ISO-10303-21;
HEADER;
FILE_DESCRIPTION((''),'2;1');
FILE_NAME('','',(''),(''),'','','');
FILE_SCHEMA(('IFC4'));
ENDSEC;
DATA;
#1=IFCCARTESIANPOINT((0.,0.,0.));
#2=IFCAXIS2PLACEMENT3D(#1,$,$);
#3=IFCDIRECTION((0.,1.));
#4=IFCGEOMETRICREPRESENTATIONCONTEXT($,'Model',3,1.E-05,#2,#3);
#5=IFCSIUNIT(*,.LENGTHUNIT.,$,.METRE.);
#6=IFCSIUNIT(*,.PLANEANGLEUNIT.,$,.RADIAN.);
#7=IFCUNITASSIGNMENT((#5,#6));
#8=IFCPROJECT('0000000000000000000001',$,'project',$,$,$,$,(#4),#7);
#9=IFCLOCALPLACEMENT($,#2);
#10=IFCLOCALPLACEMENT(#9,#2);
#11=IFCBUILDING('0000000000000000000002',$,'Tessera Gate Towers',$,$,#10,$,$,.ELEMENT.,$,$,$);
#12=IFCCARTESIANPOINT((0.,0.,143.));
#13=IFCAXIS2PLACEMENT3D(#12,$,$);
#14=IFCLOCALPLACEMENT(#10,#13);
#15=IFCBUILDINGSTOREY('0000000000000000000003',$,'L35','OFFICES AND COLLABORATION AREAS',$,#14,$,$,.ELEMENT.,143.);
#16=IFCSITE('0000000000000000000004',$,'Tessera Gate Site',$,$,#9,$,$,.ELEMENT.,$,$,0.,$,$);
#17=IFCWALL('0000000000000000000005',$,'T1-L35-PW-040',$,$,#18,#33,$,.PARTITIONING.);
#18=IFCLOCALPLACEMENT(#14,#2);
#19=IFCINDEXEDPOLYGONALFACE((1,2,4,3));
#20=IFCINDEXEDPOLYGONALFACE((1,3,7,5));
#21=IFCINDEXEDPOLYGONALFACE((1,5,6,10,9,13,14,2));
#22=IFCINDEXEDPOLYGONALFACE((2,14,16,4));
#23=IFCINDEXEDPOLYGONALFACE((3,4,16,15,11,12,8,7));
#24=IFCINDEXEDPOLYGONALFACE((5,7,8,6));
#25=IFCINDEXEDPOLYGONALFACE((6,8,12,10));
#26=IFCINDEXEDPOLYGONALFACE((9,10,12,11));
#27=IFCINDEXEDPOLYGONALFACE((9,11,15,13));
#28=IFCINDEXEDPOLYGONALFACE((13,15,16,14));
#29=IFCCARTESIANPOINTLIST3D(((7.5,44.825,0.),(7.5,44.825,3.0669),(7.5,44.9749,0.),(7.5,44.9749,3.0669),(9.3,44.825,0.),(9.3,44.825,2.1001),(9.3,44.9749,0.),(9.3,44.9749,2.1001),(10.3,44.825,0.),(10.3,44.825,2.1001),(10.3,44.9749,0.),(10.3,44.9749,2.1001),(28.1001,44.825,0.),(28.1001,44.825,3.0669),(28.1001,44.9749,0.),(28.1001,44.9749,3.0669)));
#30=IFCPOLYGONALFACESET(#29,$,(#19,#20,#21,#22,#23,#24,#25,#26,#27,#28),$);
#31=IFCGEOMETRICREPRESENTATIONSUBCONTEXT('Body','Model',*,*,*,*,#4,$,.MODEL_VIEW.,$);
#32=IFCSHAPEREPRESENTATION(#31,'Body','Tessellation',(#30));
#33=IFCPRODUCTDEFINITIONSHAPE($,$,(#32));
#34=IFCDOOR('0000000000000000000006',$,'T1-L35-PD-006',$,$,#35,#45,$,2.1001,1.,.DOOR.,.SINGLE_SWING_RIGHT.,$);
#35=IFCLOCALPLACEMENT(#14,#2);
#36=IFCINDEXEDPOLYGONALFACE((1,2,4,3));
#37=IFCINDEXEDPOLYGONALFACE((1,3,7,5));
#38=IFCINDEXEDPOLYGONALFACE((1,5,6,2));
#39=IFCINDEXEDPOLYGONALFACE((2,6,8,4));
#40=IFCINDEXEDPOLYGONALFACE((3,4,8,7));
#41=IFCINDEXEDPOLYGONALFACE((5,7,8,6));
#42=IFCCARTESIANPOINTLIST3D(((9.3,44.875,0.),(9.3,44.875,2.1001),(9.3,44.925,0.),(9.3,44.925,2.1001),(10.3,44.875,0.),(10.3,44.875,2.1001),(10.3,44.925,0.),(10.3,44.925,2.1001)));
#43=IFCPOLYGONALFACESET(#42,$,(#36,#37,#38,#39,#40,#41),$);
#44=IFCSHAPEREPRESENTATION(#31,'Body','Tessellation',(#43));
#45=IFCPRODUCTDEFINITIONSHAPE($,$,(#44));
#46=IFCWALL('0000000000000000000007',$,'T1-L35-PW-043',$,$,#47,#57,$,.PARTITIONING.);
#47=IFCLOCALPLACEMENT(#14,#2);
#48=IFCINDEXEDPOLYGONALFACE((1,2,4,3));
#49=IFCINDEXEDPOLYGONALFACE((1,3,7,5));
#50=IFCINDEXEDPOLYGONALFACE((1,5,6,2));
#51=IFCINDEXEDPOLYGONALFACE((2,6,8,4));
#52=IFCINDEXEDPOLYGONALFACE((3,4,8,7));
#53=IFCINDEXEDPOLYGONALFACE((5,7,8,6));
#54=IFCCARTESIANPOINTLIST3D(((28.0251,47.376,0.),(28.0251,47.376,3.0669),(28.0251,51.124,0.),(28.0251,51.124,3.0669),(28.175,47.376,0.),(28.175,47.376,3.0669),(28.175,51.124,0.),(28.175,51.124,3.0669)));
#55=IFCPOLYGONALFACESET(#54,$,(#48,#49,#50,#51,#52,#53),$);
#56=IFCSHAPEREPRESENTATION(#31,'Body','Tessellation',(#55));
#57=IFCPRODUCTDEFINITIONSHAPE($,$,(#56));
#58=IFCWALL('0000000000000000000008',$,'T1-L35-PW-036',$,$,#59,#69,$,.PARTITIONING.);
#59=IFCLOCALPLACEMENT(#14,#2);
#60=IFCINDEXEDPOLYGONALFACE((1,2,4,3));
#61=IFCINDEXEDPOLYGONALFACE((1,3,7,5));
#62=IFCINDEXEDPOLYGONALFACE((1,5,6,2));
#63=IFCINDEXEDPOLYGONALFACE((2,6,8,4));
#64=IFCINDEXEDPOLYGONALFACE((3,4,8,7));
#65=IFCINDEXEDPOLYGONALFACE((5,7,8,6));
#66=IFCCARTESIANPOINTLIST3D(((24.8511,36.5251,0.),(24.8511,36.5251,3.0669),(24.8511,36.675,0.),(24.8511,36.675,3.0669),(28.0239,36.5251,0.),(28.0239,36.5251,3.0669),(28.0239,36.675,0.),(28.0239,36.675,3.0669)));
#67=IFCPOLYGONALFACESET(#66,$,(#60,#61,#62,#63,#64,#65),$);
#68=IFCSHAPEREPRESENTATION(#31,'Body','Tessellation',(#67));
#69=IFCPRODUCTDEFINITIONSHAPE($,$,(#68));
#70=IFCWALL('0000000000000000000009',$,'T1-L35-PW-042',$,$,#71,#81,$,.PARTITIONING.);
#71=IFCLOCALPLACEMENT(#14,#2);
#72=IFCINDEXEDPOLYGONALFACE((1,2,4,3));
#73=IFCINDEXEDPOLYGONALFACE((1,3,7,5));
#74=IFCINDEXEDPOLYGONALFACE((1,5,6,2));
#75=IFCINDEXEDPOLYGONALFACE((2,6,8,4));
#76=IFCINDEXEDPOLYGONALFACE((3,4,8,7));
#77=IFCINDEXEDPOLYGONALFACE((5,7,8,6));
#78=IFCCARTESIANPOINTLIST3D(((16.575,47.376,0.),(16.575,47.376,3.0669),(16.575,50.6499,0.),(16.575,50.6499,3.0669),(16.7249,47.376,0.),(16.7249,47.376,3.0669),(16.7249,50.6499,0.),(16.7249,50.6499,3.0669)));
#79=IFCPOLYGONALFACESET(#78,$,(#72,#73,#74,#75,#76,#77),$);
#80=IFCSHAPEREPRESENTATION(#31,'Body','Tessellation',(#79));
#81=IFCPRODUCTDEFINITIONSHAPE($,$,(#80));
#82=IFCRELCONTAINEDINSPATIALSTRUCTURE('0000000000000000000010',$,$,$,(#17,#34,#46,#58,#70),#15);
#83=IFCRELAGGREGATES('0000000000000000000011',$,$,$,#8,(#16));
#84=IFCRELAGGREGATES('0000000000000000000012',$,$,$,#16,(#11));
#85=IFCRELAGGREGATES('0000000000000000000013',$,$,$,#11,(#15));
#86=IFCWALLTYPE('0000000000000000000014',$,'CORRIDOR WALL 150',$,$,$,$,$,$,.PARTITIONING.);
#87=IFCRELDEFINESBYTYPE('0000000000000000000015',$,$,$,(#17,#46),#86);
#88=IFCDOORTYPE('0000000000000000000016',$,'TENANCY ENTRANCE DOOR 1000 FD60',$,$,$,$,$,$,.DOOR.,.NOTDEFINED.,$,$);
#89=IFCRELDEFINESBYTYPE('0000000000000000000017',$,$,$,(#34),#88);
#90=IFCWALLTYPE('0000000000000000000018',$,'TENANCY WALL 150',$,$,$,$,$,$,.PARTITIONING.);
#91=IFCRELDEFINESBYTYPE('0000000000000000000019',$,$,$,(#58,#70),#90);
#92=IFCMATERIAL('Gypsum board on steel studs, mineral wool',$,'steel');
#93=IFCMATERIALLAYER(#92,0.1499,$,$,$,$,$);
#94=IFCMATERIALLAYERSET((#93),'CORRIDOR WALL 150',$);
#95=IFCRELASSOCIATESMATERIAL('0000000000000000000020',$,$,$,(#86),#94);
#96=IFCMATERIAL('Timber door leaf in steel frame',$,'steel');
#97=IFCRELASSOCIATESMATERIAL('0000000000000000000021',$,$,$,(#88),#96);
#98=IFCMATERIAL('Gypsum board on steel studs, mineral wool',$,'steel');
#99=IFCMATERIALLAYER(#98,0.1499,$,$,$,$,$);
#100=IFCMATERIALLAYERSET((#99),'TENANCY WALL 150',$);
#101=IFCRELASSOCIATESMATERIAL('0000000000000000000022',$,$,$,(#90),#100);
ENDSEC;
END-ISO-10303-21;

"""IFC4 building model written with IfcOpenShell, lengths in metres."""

from ifc_helpers import new_model, si_unit, direction, frame, frame_2d, origin, place, context, subcontext, project, spatial, rectangle, extrude, source, transform, mapped, material, layer, layer_set, type_object, element, fill, save


model = new_model("IFC4")

# Units and contexts
model_context = context("Model", 3, precision=1e-05, world=origin(), true_north=direction((0.0, 1.0)))
body_context = subcontext(model_context, "Body", "Model", "MODEL_VIEW")
ifc_project = project(units=[si_unit("LENGTHUNIT", "METRE"), si_unit("PLANEANGLEUNIT", "RADIAN")], contexts=[model_context])

# Site, building, storey
site_placement = place(None, origin())
site = spatial("IfcSite", under=ifc_project, at=site_placement, Name="Tessera Gate Site", CompositionType="ELEMENT", RefElevation=0.0)
building_placement = place(site_placement, origin())
building = spatial("IfcBuilding", under=site, at=building_placement, Name="Tessera Gate Towers", CompositionType="ELEMENT")
storey_placement = place(building_placement, frame((0.0, 0.0, 143.0)))
storey = spatial("IfcBuildingStorey", under=building, at=storey_placement, Name="L35", Description="OFFICES AND COLLABORATION AREAS", CompositionType="ELEMENT", Elevation=143.0)

# Wall, opening, door
ifc_material_1 = material(Name="Gypsum board on steel studs, mineral wool", Category="steel")
ifc_layer_1 = layer(ifc_material_1, 0.1499)
ifc_layer_set_1 = layer_set([ifc_layer_1], Name="CORRIDOR WALL 150")
wall_type_1 = type_object("IfcWallType", Name="CORRIDOR WALL 150", PredefinedType="PARTITIONING", material=ifc_layer_set_1)
wall_1_placement = place(storey_placement, frame((28.1001, 44.8999, 0.0), z_axis=(0.0, 0.0, 1.0), x_axis=(-1.0, 0.0, 0.0)))
wall_1 = element("IfcWall", 1, at=wall_1_placement, inside=storey, type_object=wall_type_1, Name="T1-L35-PW-040", PredefinedType="PARTITIONING", context=body_context, shape_type="SweptSolid", body=[
    extrude(rectangle(XDim=20.6001, YDim=0.1499, at=frame_2d((10.3, 0.0))), origin(), (0.0, 0.0, 1.0), 3.0669),
])
shared_shape_1 = source(origin(), body_context, "Body", "SweptSolid", [
    extrude(rectangle(XDim=1.0, YDim=2.1001, at=frame_2d((0.5, 1.05))), frame((0.0, 0.085, 0.0), z_axis=(0.0, -1.0, 0.0), x_axis=(1.0, 0.0, 0.0)), (0.0, 0.0, 1.0), 0.1699),
])
opening_1_placement = place(wall_1_placement, frame((17.8, 0.0, 0.0)))
opening_1 = element("IfcOpeningElement", 2, at=opening_1_placement, cuts=wall_1, PredefinedType="OPENING", context=body_context, shape_type="MappedRepresentation", body=[
    mapped(shared_shape_1, transform((0.0, 0.0, 0.0), scale=1.0)),
])
ifc_material_2 = material(Name="Timber door leaf in steel frame", Category="steel")
door_type_1 = type_object("IfcDoorType", Name="TENANCY ENTRANCE DOOR 1000 FD60", OperationType="NOTDEFINED", PredefinedType="DOOR", material=ifc_material_2)
shared_shape_2 = source(origin(), body_context, "Body", "SweptSolid", [
    extrude(rectangle(XDim=1.0, YDim=2.1001, at=frame_2d((0.5, 1.05))), frame((0.0, 0.0249, 0.0), z_axis=(0.0, -1.0, 0.0), x_axis=(1.0, 0.0, 0.0)), (0.0, 0.0, 1.0), 0.05),
])
door_1_placement = place(opening_1_placement, origin())
door_1 = element("IfcDoor", 3, at=door_1_placement, inside=storey, type_object=door_type_1, Name="T1-L35-PD-006", OperationType="SINGLE_SWING_RIGHT", OverallHeight=2.1001, OverallWidth=1.0, PredefinedType="DOOR", context=body_context, shape_type="MappedRepresentation", body=[
    mapped(shared_shape_2, transform((0.0, 0.0, 0.0), scale=1.0)),
])
fill(opening_1, door_1)

# Walls
wall_2_placement = place(storey_placement, frame((28.1001, 47.376, 0.0), z_axis=(0.0, 0.0, 1.0), x_axis=(0.0, 1.0, 0.0)))
element("IfcWall", 4, at=wall_2_placement, inside=storey, type_object=wall_type_1, Name="T1-L35-PW-043", PredefinedType="PARTITIONING", context=body_context, shape_type="SweptSolid", body=[
    extrude(rectangle(XDim=3.748, YDim=0.1499, at=frame_2d((1.874, 0.0))), origin(), (0.0, 0.0, 1.0), 3.0669),
])
ifc_material_3 = material(Name="Gypsum board on steel studs, mineral wool", Category="steel")
ifc_layer_2 = layer(ifc_material_3, 0.1499)
ifc_layer_set_2 = layer_set([ifc_layer_2], Name="TENANCY WALL 150")
wall_type_2 = type_object("IfcWallType", Name="TENANCY WALL 150", PredefinedType="PARTITIONING", material=ifc_layer_set_2)
wall_3_placement = place(storey_placement, frame((24.8511, 36.6001, 0.0), z_axis=(0.0, 0.0, 1.0), x_axis=(1.0, 0.0, 0.0)))
element("IfcWall", 5, at=wall_3_placement, inside=storey, type_object=wall_type_2, Name="T1-L35-PW-036", PredefinedType="PARTITIONING", context=body_context, shape_type="SweptSolid", body=[
    extrude(rectangle(XDim=3.1729, YDim=0.1499, at=frame_2d((1.5864, 0.0))), origin(), (0.0, 0.0, 1.0), 3.0669),
])
wall_4_placement = place(storey_placement, frame((16.6499, 47.376, 0.0), z_axis=(0.0, 0.0, 1.0), x_axis=(0.0, 1.0, 0.0)))
element("IfcWall", 6, at=wall_4_placement, inside=storey, type_object=wall_type_2, Name="T1-L35-PW-042", PredefinedType="PARTITIONING", context=body_context, shape_type="SweptSolid", body=[
    extrude(rectangle(XDim=3.2739, YDim=0.1499, at=frame_2d((1.637, 0.0))), origin(), (0.0, 0.0, 1.0), 3.0669),
])

save(model, "model.ifc")
